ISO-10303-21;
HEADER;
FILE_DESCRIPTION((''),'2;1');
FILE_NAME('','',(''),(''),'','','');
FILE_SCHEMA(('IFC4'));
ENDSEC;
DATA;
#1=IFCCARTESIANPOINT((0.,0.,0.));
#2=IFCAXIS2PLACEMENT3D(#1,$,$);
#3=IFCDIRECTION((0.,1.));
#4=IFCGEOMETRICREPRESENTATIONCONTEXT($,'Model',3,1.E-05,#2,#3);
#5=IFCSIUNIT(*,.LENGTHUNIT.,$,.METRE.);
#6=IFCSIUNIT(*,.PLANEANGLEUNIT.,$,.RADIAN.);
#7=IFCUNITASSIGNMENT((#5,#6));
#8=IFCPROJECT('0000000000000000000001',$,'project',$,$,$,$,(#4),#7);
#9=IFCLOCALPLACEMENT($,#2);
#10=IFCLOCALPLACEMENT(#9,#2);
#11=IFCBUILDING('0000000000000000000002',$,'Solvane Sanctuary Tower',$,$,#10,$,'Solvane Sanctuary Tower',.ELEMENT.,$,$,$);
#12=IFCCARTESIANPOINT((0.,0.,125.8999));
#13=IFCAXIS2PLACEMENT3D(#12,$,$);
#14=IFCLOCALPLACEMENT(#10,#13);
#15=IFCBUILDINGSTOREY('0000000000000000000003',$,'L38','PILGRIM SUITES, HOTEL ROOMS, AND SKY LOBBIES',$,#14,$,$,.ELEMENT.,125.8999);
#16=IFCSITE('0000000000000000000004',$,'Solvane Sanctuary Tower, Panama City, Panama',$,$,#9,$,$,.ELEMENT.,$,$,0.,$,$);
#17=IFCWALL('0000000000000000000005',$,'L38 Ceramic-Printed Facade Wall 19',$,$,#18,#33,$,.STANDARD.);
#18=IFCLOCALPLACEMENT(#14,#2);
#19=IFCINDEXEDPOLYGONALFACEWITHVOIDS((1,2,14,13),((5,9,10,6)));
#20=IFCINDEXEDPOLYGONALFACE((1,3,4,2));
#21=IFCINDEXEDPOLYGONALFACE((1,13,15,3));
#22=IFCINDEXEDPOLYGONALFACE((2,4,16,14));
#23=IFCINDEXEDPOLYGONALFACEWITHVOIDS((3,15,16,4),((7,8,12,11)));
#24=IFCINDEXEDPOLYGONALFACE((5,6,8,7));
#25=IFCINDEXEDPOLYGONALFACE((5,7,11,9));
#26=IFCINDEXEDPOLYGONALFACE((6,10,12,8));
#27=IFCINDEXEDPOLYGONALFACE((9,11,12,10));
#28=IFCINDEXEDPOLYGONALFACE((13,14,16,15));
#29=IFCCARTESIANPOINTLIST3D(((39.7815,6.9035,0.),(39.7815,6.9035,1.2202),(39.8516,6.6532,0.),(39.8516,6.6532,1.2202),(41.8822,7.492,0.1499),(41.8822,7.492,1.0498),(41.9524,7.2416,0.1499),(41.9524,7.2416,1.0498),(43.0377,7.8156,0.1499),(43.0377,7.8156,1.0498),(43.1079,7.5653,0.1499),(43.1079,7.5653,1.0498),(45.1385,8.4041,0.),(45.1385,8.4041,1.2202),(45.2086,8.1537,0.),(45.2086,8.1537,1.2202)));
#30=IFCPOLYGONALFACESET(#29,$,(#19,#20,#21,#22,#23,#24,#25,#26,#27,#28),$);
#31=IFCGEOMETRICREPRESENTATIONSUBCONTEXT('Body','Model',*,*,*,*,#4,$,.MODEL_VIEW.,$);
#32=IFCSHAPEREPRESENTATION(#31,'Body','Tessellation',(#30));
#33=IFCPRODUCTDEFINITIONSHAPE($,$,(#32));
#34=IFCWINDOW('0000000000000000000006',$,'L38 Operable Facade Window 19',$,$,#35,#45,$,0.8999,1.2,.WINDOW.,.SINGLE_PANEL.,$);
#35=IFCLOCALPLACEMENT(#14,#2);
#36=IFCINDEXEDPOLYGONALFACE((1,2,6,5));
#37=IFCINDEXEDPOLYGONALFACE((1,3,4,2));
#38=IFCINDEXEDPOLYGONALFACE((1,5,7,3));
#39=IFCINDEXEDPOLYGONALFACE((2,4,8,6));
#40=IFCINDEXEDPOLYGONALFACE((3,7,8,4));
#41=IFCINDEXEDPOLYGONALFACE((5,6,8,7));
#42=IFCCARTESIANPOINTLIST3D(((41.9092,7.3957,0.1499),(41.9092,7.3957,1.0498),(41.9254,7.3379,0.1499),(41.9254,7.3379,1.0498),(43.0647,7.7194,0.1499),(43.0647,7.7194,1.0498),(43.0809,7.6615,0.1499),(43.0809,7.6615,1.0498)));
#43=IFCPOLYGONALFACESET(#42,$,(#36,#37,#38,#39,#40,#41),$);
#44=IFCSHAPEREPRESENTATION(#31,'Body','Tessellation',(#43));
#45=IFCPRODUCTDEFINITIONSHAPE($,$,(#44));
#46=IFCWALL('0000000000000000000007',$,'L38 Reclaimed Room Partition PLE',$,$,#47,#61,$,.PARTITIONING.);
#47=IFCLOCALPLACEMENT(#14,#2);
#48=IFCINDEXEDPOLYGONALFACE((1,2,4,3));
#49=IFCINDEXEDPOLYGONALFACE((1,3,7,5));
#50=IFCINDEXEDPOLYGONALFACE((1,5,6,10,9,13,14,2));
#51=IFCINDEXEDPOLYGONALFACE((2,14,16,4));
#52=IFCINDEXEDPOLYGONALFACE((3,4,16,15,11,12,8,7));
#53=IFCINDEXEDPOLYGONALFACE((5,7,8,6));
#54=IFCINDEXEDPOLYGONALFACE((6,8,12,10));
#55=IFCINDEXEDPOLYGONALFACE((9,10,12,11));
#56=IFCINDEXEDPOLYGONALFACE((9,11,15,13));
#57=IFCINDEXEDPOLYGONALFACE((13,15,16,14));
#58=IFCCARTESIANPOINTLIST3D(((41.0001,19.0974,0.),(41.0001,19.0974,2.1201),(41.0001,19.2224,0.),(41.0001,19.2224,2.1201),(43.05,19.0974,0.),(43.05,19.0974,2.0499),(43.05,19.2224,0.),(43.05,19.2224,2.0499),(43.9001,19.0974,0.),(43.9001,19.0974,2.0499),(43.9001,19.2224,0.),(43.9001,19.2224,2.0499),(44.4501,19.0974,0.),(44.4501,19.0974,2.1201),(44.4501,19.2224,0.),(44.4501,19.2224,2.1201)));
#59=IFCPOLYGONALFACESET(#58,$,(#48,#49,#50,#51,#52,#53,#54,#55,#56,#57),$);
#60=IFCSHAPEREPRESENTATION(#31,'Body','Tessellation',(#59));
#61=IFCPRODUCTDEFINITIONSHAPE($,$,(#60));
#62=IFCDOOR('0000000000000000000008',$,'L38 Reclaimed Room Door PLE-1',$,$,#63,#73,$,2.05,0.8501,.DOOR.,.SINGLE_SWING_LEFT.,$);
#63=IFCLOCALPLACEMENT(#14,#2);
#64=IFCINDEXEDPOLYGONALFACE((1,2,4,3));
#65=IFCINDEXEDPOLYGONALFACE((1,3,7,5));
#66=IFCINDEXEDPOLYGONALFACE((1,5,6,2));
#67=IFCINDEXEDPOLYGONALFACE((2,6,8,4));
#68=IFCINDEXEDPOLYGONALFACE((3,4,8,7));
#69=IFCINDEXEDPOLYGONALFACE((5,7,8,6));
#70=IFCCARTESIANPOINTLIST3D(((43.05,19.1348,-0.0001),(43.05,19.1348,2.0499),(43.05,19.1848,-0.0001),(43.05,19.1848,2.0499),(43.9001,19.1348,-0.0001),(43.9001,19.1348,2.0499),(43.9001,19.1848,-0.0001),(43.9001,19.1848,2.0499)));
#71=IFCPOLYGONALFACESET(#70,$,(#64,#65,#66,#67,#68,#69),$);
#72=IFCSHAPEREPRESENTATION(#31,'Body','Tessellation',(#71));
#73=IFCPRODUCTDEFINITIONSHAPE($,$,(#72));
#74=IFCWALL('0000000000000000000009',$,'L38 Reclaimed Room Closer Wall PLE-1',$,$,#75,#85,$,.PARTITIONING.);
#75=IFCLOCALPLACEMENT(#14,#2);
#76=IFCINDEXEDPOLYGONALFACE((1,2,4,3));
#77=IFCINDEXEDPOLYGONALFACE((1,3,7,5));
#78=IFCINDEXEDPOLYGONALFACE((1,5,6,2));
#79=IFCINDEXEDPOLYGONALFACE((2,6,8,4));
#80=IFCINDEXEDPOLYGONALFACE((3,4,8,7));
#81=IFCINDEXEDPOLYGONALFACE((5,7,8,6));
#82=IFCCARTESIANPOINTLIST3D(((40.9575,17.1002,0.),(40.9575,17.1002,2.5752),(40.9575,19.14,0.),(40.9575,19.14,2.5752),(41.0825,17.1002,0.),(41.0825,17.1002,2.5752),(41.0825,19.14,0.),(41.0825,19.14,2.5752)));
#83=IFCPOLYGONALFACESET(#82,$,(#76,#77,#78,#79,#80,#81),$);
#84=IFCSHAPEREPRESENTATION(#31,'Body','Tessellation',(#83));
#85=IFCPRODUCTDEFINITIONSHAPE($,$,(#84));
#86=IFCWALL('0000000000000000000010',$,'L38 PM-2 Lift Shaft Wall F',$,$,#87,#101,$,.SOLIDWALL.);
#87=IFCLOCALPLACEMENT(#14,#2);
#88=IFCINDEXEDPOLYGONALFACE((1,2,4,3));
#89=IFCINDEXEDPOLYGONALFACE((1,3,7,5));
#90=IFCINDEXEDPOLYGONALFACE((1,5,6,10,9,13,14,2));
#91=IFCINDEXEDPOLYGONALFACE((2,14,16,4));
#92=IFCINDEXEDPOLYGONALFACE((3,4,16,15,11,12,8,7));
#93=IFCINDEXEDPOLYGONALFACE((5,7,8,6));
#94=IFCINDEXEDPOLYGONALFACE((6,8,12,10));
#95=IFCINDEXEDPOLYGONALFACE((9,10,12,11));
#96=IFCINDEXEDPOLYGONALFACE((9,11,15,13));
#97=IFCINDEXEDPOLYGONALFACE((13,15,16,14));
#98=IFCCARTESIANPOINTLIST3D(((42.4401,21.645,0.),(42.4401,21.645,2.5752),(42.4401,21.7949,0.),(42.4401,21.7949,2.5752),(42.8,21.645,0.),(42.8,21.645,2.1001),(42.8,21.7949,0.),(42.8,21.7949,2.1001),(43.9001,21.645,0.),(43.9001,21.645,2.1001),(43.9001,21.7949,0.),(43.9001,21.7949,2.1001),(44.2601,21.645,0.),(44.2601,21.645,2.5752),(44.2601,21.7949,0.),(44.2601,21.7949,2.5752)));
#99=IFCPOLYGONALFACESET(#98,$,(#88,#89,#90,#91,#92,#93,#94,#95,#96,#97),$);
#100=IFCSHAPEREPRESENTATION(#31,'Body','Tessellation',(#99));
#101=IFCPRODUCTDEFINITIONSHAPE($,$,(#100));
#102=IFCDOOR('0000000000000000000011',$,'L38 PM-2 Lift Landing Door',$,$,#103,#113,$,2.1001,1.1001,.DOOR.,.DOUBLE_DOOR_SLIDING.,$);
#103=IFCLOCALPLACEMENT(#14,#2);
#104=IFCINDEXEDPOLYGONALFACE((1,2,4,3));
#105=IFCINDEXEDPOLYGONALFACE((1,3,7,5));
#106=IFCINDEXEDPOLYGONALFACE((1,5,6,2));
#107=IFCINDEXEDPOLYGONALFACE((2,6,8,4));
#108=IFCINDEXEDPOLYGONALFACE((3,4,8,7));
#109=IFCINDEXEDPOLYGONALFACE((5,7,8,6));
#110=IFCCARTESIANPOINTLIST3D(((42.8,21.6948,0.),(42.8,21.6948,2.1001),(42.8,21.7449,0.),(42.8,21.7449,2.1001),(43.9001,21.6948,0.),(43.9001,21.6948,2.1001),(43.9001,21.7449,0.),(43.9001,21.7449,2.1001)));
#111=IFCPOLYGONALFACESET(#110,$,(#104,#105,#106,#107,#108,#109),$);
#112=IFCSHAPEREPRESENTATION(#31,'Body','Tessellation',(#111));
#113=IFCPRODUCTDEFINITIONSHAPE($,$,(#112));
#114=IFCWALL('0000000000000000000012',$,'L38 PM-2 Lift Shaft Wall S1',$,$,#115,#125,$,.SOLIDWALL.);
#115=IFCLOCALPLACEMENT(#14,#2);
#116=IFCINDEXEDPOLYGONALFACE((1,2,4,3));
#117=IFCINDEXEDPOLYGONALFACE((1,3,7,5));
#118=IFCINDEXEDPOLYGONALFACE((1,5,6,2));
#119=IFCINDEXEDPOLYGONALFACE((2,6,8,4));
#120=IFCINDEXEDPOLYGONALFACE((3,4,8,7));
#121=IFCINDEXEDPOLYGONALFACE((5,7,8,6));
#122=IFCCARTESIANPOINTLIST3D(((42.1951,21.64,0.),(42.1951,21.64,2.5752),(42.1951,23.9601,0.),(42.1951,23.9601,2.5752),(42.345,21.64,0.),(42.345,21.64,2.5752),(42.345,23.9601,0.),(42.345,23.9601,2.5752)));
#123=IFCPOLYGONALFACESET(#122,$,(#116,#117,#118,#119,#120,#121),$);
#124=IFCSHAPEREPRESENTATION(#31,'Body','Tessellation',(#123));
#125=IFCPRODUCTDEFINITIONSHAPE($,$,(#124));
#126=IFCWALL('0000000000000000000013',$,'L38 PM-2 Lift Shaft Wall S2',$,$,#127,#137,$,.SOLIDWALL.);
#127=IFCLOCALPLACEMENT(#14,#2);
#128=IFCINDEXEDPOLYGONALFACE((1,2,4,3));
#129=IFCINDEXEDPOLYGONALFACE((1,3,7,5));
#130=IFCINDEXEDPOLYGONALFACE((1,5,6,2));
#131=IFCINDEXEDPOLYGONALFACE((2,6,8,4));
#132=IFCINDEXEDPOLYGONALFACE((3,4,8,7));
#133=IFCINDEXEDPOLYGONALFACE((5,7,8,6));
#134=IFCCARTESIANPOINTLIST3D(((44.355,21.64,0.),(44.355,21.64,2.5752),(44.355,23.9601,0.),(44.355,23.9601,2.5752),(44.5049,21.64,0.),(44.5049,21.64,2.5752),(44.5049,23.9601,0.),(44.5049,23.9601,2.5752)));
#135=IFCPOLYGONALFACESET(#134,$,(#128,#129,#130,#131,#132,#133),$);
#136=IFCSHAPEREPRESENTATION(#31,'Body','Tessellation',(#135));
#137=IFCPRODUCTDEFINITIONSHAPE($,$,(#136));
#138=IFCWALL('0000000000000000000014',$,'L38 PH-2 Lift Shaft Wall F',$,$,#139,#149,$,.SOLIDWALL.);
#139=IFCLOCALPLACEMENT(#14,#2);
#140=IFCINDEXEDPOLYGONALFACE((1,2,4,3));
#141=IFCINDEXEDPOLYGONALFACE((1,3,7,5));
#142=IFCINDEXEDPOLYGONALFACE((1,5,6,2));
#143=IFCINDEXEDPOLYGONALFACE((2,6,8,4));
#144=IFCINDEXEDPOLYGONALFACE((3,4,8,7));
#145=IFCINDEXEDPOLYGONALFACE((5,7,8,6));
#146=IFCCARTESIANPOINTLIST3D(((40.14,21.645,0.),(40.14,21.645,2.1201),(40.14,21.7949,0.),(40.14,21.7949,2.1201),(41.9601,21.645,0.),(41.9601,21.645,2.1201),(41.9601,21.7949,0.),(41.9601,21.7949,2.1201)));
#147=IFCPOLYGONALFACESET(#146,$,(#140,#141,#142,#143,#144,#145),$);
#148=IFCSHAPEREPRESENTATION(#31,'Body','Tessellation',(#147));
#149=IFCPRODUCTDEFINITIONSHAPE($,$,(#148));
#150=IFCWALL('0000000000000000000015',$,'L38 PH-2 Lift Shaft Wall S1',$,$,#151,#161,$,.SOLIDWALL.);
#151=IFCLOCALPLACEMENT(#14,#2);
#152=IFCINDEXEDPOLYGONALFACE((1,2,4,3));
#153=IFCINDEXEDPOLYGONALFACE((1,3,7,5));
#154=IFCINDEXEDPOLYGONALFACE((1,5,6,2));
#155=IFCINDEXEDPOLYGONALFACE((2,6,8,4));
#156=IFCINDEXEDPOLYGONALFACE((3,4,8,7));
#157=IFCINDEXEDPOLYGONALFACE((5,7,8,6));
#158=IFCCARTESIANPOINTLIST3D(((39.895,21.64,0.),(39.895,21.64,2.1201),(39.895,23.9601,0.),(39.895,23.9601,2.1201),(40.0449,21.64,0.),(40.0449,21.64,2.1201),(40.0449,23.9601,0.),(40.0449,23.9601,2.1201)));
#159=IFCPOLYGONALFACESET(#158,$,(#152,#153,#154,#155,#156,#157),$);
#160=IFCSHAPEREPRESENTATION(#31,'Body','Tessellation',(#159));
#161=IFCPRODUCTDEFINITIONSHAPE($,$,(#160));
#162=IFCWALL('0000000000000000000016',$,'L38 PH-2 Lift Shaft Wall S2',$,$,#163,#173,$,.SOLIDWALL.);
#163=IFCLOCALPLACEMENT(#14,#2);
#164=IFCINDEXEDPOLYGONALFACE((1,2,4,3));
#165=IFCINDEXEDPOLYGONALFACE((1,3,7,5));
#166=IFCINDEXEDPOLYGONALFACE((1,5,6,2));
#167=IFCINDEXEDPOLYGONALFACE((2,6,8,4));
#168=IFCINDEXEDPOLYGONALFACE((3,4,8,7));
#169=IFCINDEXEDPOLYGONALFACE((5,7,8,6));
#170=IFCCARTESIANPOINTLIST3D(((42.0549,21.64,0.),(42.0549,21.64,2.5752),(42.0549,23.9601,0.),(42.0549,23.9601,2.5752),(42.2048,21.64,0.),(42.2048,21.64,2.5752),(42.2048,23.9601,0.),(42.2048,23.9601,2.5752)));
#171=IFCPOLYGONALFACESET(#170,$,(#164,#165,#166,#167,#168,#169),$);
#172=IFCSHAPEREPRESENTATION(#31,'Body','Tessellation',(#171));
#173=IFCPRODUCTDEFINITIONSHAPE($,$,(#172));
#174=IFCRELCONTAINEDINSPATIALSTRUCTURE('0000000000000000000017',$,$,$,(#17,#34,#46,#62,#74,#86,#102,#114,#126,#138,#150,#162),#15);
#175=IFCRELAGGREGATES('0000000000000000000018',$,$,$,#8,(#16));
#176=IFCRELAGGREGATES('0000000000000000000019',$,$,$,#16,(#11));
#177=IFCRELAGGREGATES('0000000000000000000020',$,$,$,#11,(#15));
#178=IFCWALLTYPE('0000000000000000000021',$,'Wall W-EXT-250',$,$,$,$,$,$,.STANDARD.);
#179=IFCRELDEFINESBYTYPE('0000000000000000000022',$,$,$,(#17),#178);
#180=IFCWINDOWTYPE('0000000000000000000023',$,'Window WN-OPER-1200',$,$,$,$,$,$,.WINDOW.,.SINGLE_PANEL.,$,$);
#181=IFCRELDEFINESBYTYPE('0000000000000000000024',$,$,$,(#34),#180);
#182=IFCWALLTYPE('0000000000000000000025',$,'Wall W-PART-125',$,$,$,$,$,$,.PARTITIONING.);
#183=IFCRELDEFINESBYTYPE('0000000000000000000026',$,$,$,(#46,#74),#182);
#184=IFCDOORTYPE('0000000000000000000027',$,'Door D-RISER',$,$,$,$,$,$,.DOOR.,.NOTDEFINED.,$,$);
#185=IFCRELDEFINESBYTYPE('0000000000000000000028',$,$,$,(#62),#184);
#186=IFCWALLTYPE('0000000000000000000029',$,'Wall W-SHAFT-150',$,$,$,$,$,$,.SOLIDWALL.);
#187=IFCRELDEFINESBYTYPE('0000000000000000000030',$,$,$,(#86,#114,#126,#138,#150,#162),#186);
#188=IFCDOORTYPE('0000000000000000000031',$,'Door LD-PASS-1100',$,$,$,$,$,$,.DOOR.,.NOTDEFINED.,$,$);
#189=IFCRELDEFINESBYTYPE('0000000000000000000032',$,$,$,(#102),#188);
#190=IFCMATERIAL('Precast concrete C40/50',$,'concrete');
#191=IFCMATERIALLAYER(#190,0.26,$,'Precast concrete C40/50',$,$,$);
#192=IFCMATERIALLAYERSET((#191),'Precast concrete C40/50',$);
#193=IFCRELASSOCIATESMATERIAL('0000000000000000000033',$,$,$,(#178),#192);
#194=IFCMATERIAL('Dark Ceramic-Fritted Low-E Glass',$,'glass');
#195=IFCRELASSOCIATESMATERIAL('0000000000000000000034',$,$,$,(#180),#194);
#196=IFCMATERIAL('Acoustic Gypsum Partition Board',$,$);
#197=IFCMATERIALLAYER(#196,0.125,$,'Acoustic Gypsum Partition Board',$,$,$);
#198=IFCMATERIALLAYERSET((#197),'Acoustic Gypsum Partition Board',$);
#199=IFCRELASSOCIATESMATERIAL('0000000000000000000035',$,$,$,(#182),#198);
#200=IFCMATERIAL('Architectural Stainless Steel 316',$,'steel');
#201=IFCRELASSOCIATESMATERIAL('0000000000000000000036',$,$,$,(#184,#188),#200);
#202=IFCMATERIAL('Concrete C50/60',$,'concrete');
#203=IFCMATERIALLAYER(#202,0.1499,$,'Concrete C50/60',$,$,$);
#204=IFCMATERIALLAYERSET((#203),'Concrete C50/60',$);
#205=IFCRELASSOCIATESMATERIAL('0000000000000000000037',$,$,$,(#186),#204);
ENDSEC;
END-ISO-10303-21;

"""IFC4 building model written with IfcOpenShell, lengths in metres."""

from ifc_helpers import new_model, si_unit, direction, frame, frame_2d, origin, place, context, subcontext, project, spatial, rectangle, extrude, material, layer, layer_set, type_object, element, fill, save


model = new_model("IFC4")

# Units and contexts
model_context = context("Model", 3, precision=1e-05, world=origin(), true_north=direction((0.0, 1.0)))
body_context = subcontext(model_context, "Body", "Model", "MODEL_VIEW")
ifc_project = project(units=[si_unit("LENGTHUNIT", "METRE"), si_unit("PLANEANGLEUNIT", "RADIAN")], contexts=[model_context])

# Site, building, storey
site_placement = place(None, origin())
site = spatial("IfcSite", under=ifc_project, at=site_placement, Name="Solvane Sanctuary Tower, Panama City, Panama", CompositionType="ELEMENT", RefElevation=0.0)
building_placement = place(site_placement, origin())
building = spatial("IfcBuilding", under=site, at=building_placement, Name="Solvane Sanctuary Tower", LongName="Solvane Sanctuary Tower", CompositionType="ELEMENT")
storey_placement = place(building_placement, frame((0.0, 0.0, 125.8999)))
storey = spatial("IfcBuildingStorey", under=building, at=storey_placement, Name="L38", Description="PILGRIM SUITES, HOTEL ROOMS, AND SKY LOBBIES", CompositionType="ELEMENT", Elevation=125.8999)

# Shared definitions
ifc_material_1 = material(Name="Acoustic Gypsum Partition Board")

# Wall, opening, window
ifc_material_2 = material(Name="Precast concrete C40/50", Category="concrete")
ifc_layer_1 = layer(ifc_material_2, 0.26, Name="Precast concrete C40/50")
ifc_layer_set_1 = layer_set([ifc_layer_1], Name="Precast concrete C40/50")
wall_type_1 = type_object("IfcWallType", Name="Wall W-EXT-250", PredefinedType="STANDARD", material=ifc_layer_set_1)
wall_1_placement = place(storey_placement, frame((39.8164, 6.7783, 0.0), z_axis=(0.0, 0.0, 1.0), x_axis=(0.962938, 0.269721, 0.0)))
wall_1 = element("IfcWall", 1, at=wall_1_placement, inside=storey, type_object=wall_type_1, Name="L38 Ceramic-Printed Facade Wall 19", PredefinedType="STANDARD", context=body_context, shape_type="SweptSolid", body=[
    extrude(rectangle(XDim=5.5632, YDim=0.26, at=frame_2d((2.7817, 0.0))), origin(), (0.0, 0.0, 1.0), 1.2202),
])
opening_1_placement = place(wall_1_placement, frame((2.1816, 0.0, 0.1499)))
opening_1 = element("IfcOpeningElement", 2, at=opening_1_placement, cuts=wall_1, PredefinedType="OPENING", context=body_context, shape_type="SweptSolid", body=[
    extrude(rectangle(XDim=1.2, YDim=0.8999, at=frame_2d((0.6001, 0.45))), frame((0.0, 0.1399, 0.0), z_axis=(0.0, -1.0, 0.0), x_axis=(1.0, 0.0, 0.0)), (0.0, 0.0, 1.0), 0.28),
])
ifc_material_3 = material(Name="Dark Ceramic-Fritted Low-E Glass", Category="glass")
window_type = type_object("IfcWindowType", Name="Window WN-OPER-1200", PartitioningType="SINGLE_PANEL", PredefinedType="WINDOW", material=ifc_material_3)
window_placement = place(opening_1_placement, origin())
window = element("IfcWindow", 3, at=window_placement, inside=storey, type_object=window_type, Name="L38 Operable Facade Window 19", OverallHeight=0.8999, OverallWidth=1.2, PartitioningType="SINGLE_PANEL", PredefinedType="WINDOW", context=body_context, shape_type="SweptSolid", body=[
    extrude(rectangle(XDim=1.2, YDim=0.8999, at=frame_2d((0.6001, 0.45))), frame((0.0, 0.03, 0.0), z_axis=(0.0, -1.0, 0.0), x_axis=(1.0, 0.0, 0.0)), (0.0, 0.0, 1.0), 0.0601),
])
fill(opening_1, window)

# Wall, opening, door
ifc_layer_2 = layer(ifc_material_1, 0.125, Name="Acoustic Gypsum Partition Board")
ifc_layer_set_2 = layer_set([ifc_layer_2], Name="Acoustic Gypsum Partition Board")
wall_type_2 = type_object("IfcWallType", Name="Wall W-PART-125", PredefinedType="PARTITIONING", material=ifc_layer_set_2)
wall_2_placement = place(storey_placement, frame((41.0, 19.1599, 0.0), z_axis=(0.0, 0.0, 1.0), x_axis=(1.0, 0.0, 0.0)))
wall_2 = element("IfcWall", 4, at=wall_2_placement, inside=storey, type_object=wall_type_2, Name="L38 Reclaimed Room Partition PLE", PredefinedType="PARTITIONING", context=body_context, shape_type="SweptSolid", body=[
    extrude(rectangle(XDim=3.45, YDim=0.125, at=frame_2d((1.7251, 0.0))), origin(), (0.0, 0.0, 1.0), 2.1201),
])
opening_2_placement = place(wall_2_placement, frame((2.05, 0.0, 0.0)))
opening_2 = element("IfcOpeningElement", 5, at=opening_2_placement, cuts=wall_2, PredefinedType="OPENING", context=body_context, shape_type="SweptSolid", body=[
    extrude(rectangle(XDim=0.8501, YDim=2.05, at=frame_2d((0.425, 1.0249))), frame((0.0, 0.0725, 0.0), z_axis=(0.0, -1.0, 0.0), x_axis=(1.0, 0.0, 0.0)), (0.0, 0.0, 1.0), 0.145),
])
ifc_material_4 = material(Name="Architectural Stainless Steel 316", Category="steel")
door_type_1 = type_object("IfcDoorType", Name="Door D-RISER", OperationType="NOTDEFINED", PredefinedType="DOOR", material=ifc_material_4)
door_1_placement = place(opening_2_placement, origin())
door_1 = element("IfcDoor", 6, at=door_1_placement, inside=storey, type_object=door_type_1, Name="L38 Reclaimed Room Door PLE-1", OperationType="SINGLE_SWING_LEFT", OverallHeight=2.05, OverallWidth=0.8501, PredefinedType="DOOR", context=body_context, shape_type="SweptSolid", body=[
    extrude(rectangle(XDim=0.8501, YDim=2.05, at=frame_2d((0.425, 1.0249))), frame((0.0, 0.0249, 0.0), z_axis=(0.0, -1.0, 0.0), x_axis=(1.0, 0.0, 0.0)), (0.0, 0.0, 1.0), 0.05),
])
fill(opening_2, door_1)

# Wall
wall_3_placement = place(storey_placement, frame((41.02, 17.1001, 0.0), z_axis=(0.0, 0.0, 1.0), x_axis=(0.0, 1.0, 0.0)))
element("IfcWall", 7, at=wall_3_placement, inside=storey, type_object=wall_type_2, Name="L38 Reclaimed Room Closer Wall PLE-1", PredefinedType="PARTITIONING", context=body_context, shape_type="SweptSolid", body=[
    extrude(rectangle(XDim=2.0398, YDim=0.125, at=frame_2d((1.02, 0.0))), origin(), (0.0, 0.0, 1.0), 2.5752),
])

# Wall, opening, door
ifc_material_5 = material(Name="Concrete C50/60", Category="concrete")
ifc_layer_3 = layer(ifc_material_5, 0.1499, Name="Concrete C50/60")
ifc_layer_set_3 = layer_set([ifc_layer_3], Name="Concrete C50/60")
wall_type_3 = type_object("IfcWallType", Name="Wall W-SHAFT-150", PredefinedType="SOLIDWALL", material=ifc_layer_set_3)
wall_4_placement = place(storey_placement, frame((42.4399, 21.72, 0.0), z_axis=(0.0, 0.0, 1.0), x_axis=(1.0, 0.0, 0.0)))
wall_4 = element("IfcWall", 8, at=wall_4_placement, inside=storey, type_object=wall_type_3, Name="L38 PM-2 Lift Shaft Wall F", PredefinedType="SOLIDWALL", context=body_context, shape_type="SweptSolid", body=[
    extrude(rectangle(XDim=1.8201, YDim=0.1499, at=frame_2d((0.9102, 0.0))), origin(), (0.0, 0.0, 1.0), 2.5752),
])
opening_3_placement = place(wall_4_placement, frame((0.3601, 0.0, 0.0)))
opening_3 = element("IfcOpeningElement", 9, at=opening_3_placement, cuts=wall_4, PredefinedType="OPENING", context=body_context, shape_type="SweptSolid", body=[
    extrude(rectangle(XDim=1.1001, YDim=2.1001, at=frame_2d((0.55, 1.05))), frame((0.0, 0.085, 0.0), z_axis=(0.0, -1.0, 0.0), x_axis=(1.0, 0.0, 0.0)), (0.0, 0.0, 1.0), 0.1699),
])
door_type_2 = type_object("IfcDoorType", Name="Door LD-PASS-1100", OperationType="NOTDEFINED", PredefinedType="DOOR", material=ifc_material_4)
door_2_placement = place(opening_3_placement, origin())
door_2 = element("IfcDoor", 10, at=door_2_placement, inside=storey, type_object=door_type_2, Name="L38 PM-2 Lift Landing Door", OperationType="DOUBLE_DOOR_SLIDING", OverallHeight=2.1001, OverallWidth=1.1001, PredefinedType="DOOR", context=body_context, shape_type="SweptSolid", body=[
    extrude(rectangle(XDim=1.1001, YDim=2.1001, at=frame_2d((0.55, 1.05))), frame((0.0, 0.0249, 0.0), z_axis=(0.0, -1.0, 0.0), x_axis=(1.0, 0.0, 0.0)), (0.0, 0.0, 1.0), 0.05),
])
fill(opening_3, door_2)

# Walls
for number, where, z_axis, x_axis, name in (
    (11, (42.27, 21.6399, 0.0), (0.0, 0.0, 1.0), (0.0, 1.0, 0.0), "L38 PM-2 Lift Shaft Wall S1"),
    (12, (44.4299, 21.6399, 0.0), (0.0, 0.0, 1.0), (0.0, 1.0, 0.0), "L38 PM-2 Lift Shaft Wall S2"),
):
    element("IfcWall", number, at=place(storey_placement, frame(where, z_axis=z_axis, x_axis=x_axis)), inside=storey, type_object=wall_type_3, Name=name, PredefinedType="SOLIDWALL", context=body_context, shape_type="SweptSolid", body=[
        extrude(rectangle(XDim=2.3201, YDim=0.1499, at=frame_2d((1.1602, 0.0))), origin(), (0.0, 0.0, 1.0), 2.5752),
    ])
wall_5_placement = place(storey_placement, frame((40.1399, 21.72, 0.0), z_axis=(0.0, 0.0, 1.0), x_axis=(1.0, 0.0, 0.0)))
element("IfcWall", 13, at=wall_5_placement, inside=storey, type_object=wall_type_3, Name="L38 PH-2 Lift Shaft Wall F", PredefinedType="SOLIDWALL", context=body_context, shape_type="SweptSolid", body=[
    extrude(rectangle(XDim=1.8201, YDim=0.1499, at=frame_2d((0.9102, 0.0))), origin(), (0.0, 0.0, 1.0), 2.1201),
])
wall_6_placement = place(storey_placement, frame((39.97, 21.6399, 0.0), z_axis=(0.0, 0.0, 1.0), x_axis=(0.0, 1.0, 0.0)))
element("IfcWall", 14, at=wall_6_placement, inside=storey, type_object=wall_type_3, Name="L38 PH-2 Lift Shaft Wall S1", PredefinedType="SOLIDWALL", context=body_context, shape_type="SweptSolid", body=[
    extrude(rectangle(XDim=2.3201, YDim=0.1499, at=frame_2d((1.1602, 0.0))), origin(), (0.0, 0.0, 1.0), 2.1201),
])
wall_7_placement = place(storey_placement, frame((42.1299, 21.6399, 0.0), z_axis=(0.0, 0.0, 1.0), x_axis=(0.0, 1.0, 0.0)))
element("IfcWall", 15, at=wall_7_placement, inside=storey, type_object=wall_type_3, Name="L38 PH-2 Lift Shaft Wall S2", PredefinedType="SOLIDWALL", context=body_context, shape_type="SweptSolid", body=[
    extrude(rectangle(XDim=2.3201, YDim=0.1499, at=frame_2d((1.1602, 0.0))), origin(), (0.0, 0.0, 1.0), 2.5752),
])

save(model, "model.ifc")
